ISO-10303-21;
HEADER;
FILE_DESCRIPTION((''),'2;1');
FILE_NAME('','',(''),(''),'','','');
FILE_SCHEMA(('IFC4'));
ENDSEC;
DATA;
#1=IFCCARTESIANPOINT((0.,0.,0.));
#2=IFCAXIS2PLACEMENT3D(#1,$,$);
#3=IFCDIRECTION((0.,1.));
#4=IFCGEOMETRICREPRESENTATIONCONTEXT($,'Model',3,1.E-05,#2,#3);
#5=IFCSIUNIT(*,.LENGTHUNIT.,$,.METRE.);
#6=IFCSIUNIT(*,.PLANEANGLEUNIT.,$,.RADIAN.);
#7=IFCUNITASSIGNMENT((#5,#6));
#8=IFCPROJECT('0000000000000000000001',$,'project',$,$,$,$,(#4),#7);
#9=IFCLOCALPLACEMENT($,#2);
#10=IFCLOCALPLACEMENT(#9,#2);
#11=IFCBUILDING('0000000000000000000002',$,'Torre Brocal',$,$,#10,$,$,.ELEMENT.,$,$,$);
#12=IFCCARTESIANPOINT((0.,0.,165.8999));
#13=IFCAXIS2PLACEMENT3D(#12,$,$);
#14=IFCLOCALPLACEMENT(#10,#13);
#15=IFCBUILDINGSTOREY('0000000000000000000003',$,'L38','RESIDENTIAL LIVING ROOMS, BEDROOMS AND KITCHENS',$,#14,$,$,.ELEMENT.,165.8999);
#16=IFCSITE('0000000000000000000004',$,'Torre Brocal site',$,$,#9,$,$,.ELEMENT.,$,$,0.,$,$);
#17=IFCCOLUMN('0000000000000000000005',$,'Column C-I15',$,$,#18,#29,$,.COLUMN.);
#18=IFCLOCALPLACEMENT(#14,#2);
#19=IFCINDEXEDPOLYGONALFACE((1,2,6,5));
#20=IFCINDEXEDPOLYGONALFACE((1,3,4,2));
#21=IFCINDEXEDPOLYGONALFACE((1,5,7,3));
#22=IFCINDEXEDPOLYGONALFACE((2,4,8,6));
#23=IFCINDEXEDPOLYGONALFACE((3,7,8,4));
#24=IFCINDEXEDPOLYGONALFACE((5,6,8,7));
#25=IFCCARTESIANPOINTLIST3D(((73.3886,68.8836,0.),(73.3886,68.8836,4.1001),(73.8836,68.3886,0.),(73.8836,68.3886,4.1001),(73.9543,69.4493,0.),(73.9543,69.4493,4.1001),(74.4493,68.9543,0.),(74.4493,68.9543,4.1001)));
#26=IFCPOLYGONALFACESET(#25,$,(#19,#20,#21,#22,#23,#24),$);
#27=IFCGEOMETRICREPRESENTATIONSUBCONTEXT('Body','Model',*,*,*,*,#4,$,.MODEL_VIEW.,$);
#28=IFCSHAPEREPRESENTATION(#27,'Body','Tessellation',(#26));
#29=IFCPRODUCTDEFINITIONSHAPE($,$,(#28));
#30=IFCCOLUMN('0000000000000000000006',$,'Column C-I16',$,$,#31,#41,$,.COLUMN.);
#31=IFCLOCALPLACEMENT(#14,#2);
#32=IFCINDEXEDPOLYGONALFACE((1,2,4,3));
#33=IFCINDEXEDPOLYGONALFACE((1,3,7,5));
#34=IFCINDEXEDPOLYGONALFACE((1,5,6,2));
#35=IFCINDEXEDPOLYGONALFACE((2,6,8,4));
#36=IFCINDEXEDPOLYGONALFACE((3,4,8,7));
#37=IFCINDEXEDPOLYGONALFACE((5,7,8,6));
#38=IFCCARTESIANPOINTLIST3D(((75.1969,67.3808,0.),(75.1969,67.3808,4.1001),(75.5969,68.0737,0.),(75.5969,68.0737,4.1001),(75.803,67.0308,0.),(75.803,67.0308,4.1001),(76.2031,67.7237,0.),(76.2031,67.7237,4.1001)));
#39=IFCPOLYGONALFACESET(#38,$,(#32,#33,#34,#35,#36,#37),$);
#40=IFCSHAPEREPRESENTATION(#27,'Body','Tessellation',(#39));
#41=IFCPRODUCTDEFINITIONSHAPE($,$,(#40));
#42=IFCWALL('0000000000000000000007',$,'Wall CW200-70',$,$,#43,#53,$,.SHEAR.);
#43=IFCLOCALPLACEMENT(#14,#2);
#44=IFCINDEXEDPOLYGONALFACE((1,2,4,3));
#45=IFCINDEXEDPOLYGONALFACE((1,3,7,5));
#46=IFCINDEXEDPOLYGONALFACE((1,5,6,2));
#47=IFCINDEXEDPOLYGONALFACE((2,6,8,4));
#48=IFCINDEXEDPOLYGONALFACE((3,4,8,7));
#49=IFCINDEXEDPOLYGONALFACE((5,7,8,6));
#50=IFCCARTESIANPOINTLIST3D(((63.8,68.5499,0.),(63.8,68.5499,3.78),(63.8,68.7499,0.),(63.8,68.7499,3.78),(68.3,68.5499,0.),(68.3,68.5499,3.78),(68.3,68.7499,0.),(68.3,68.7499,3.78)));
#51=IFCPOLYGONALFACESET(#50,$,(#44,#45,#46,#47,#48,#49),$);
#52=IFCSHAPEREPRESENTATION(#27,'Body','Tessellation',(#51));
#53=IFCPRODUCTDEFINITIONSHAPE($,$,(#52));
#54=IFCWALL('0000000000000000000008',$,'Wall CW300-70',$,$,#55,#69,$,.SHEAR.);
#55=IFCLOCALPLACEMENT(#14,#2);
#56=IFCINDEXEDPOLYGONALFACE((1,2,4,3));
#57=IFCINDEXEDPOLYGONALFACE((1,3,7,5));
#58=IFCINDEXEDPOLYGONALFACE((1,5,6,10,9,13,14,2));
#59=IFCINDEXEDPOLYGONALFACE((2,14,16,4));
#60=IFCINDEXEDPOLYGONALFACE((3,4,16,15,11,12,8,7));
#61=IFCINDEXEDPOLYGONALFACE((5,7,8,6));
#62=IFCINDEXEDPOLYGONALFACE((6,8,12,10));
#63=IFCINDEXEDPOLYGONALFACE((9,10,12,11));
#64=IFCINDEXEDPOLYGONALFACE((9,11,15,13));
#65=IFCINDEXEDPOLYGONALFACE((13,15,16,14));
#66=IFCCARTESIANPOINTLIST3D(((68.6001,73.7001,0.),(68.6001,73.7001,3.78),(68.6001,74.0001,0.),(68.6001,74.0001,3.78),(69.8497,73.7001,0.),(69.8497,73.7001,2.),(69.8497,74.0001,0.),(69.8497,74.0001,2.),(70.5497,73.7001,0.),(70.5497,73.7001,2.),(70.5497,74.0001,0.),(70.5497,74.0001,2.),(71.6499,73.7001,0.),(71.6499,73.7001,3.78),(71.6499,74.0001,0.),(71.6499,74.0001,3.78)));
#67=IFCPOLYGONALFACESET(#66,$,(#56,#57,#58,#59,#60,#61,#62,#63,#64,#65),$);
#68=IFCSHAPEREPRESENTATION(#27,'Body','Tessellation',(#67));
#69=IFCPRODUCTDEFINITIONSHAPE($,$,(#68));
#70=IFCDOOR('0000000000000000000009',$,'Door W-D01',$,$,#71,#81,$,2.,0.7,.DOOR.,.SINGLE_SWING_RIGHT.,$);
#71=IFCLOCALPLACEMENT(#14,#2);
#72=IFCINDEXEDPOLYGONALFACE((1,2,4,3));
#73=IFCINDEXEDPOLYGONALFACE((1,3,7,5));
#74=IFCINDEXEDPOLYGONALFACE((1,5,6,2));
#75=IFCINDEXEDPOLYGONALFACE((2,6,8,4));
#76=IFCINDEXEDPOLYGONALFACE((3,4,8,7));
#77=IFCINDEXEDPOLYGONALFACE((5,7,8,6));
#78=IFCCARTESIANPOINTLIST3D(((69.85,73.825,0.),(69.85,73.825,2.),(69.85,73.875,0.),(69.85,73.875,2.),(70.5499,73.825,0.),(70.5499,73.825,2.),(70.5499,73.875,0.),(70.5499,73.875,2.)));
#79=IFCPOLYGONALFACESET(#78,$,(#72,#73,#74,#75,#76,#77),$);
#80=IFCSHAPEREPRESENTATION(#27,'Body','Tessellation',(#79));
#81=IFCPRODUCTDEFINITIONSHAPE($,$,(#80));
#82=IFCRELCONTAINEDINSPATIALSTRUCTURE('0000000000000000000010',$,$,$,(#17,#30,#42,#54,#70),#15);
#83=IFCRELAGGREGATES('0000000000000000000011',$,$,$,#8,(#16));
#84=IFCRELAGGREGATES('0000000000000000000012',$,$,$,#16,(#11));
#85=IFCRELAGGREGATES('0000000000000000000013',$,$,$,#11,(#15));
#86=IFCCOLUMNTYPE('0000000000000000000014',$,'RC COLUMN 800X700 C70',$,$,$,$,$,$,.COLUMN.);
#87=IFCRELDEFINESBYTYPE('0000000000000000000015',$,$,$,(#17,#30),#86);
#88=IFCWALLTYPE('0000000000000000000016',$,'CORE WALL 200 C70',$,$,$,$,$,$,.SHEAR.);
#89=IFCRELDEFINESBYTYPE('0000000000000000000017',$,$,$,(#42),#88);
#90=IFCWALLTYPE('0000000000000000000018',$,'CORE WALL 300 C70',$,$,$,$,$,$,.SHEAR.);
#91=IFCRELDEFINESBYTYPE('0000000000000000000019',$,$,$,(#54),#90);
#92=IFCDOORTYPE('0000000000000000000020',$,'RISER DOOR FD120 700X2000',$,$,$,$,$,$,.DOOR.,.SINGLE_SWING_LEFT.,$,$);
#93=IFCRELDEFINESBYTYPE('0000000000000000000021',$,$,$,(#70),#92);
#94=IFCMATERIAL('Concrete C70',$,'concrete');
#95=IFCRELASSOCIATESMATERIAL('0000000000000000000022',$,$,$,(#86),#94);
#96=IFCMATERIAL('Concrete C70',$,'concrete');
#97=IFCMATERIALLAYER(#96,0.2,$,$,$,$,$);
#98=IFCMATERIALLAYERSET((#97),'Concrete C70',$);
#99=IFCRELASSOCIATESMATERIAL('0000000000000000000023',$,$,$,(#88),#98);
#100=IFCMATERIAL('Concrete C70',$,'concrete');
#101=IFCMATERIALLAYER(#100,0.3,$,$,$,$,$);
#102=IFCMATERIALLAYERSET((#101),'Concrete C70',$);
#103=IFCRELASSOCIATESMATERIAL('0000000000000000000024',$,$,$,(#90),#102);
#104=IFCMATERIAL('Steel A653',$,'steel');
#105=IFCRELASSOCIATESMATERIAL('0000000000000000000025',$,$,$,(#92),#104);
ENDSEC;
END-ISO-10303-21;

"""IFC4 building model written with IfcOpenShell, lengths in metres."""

from ifc_helpers import new_model, si_unit, direction, frame, frame_2d, origin, origin_2d, place, context, subcontext, project, spatial, rectangle, extrude, material, layer, layer_set, material_profile, profile_set, type_object, element, fill, save


model = new_model("IFC4")

# Units and contexts
model_context = context("Model", 3, precision=1e-05, world=origin(), true_north=direction((0.0, 1.0)))
body_context = subcontext(model_context, "Body", "Model", "MODEL_VIEW")
ifc_project = project(units=[si_unit("LENGTHUNIT", "METRE"), si_unit("PLANEANGLEUNIT", "RADIAN")], contexts=[model_context])

# Site, building, storey
site_placement = place(None, origin())
site = spatial("IfcSite", under=ifc_project, at=site_placement, Name="Torre Brocal site", CompositionType="ELEMENT", RefElevation=0.0)
building_placement = place(site_placement, origin())
building = spatial("IfcBuilding", under=site, at=building_placement, Name="Torre Brocal", CompositionType="ELEMENT")
storey_placement = place(building_placement, frame((0.0, 0.0, 165.8999)))
storey = spatial("IfcBuildingStorey", under=building, at=storey_placement, Name="L38", Description="RESIDENTIAL LIVING ROOMS, BEDROOMS AND KITCHENS", CompositionType="ELEMENT", Elevation=165.8999)

# Columns
ifc_material_1 = material(Name="Concrete C70", Category="concrete")
ifc_material_profile = material_profile(ifc_material_1, rectangle(XDim=0.8, YDim=0.7, at=origin_2d()), Name="RC 800X700")
ifc_profile_set = profile_set([ifc_material_profile], Name="Concrete C70")
column_type = type_object("IfcColumnType", Name="RC COLUMN 800X700 C70", PredefinedType="COLUMN", material=ifc_profile_set)
for number, where, z_axis, x_axis, name in (
    (1, (73.9189, 68.9189, 0.0), (0.0, 0.0, 1.0), (-0.707107, -0.707107, 0.0), "Column C-I15"),
    (2, (75.7, 67.5522, 0.0), (0.0, 0.0, 1.0), (-0.5, -0.866025, 0.0), "Column C-I16"),
):
    element("IfcColumn", number, at=place(storey_placement, frame(where, z_axis=z_axis, x_axis=x_axis)), inside=storey, type_object=column_type, Name=name, PredefinedType="COLUMN", context=body_context, shape_type="SweptSolid", body=[
        extrude(rectangle(XDim=0.8, YDim=0.7, at=origin_2d()), origin(), (0.0, 0.0, 1.0), 4.1001),
    ])

# Wall
ifc_material_2 = material(Name="Concrete C70", Category="concrete")
ifc_layer_1 = layer(ifc_material_2, 0.2)
ifc_layer_set_1 = layer_set([ifc_layer_1], Name="Concrete C70")
wall_type_1 = type_object("IfcWallType", Name="CORE WALL 200 C70", PredefinedType="SHEAR", material=ifc_layer_set_1)
wall_1_placement = place(storey_placement, frame((68.3, 68.6499, 0.0), z_axis=(0.0, 0.0, 1.0), x_axis=(-1.0, 0.0, 0.0)))
element("IfcWall", 3, at=wall_1_placement, inside=storey, type_object=wall_type_1, Name="Wall CW200-70", PredefinedType="SHEAR", context=body_context, shape_type="SweptSolid", body=[
    extrude(rectangle(XDim=4.5, YDim=0.2, at=frame_2d((2.25, 0.0))), origin(), (0.0, 0.0, 1.0), 3.78),
])

# Wall, opening, door
ifc_material_3 = material(Name="Concrete C70", Category="concrete")
ifc_layer_2 = layer(ifc_material_3, 0.3)
ifc_layer_set_2 = layer_set([ifc_layer_2], Name="Concrete C70")
wall_type_2 = type_object("IfcWallType", Name="CORE WALL 300 C70", PredefinedType="SHEAR", material=ifc_layer_set_2)
wall_2_placement = place(storey_placement, frame((71.6499, 73.8501, 0.0), z_axis=(0.0, 0.0, 1.0), x_axis=(-1.0, 0.0, 0.0)))
wall_2 = element("IfcWall", 4, at=wall_2_placement, inside=storey, type_object=wall_type_2, Name="Wall CW300-70", PredefinedType="SHEAR", context=body_context, shape_type="SweptSolid", body=[
    extrude(rectangle(XDim=3.0498, YDim=0.3, at=frame_2d((1.5249, 0.0))), origin(), (0.0, 0.0, 1.0), 3.78),
])
opening_1_placement = place(wall_2_placement, frame((1.1001, 0.0, 0.0)))
opening_1 = element("IfcOpeningElement", 5, at=opening_1_placement, cuts=wall_2, PredefinedType="OPENING", context=body_context, shape_type="SweptSolid", body=[
    extrude(rectangle(XDim=0.7, YDim=2.0, at=frame_2d((0.3501, 1.0))), frame((0.0, 0.1599, 0.0), z_axis=(0.0, -1.0, 0.0), x_axis=(1.0, 0.0, 0.0)), (0.0, 0.0, 1.0), 0.3201),
])
ifc_material_4 = material(Name="Steel A653", Category="steel")
door_type_1 = type_object("IfcDoorType", Name="RISER DOOR FD120 700X2000", OperationType="SINGLE_SWING_LEFT", PredefinedType="DOOR", material=ifc_material_4)
door_1_placement = place(opening_1_placement, frame((0.7, 0.0, 0.0), z_axis=(0.0, 0.0, 1.0), x_axis=(-1.0, 0.0, 0.0)))
door_1 = element("IfcDoor", 6, at=door_1_placement, inside=storey, type_object=door_type_1, Name="Door W-D01", OperationType="SINGLE_SWING_RIGHT", OverallHeight=2.0, OverallWidth=0.7, PredefinedType="DOOR", context=body_context, shape_type="SweptSolid", body=[
    extrude(rectangle(XDim=0.7, YDim=2.0, at=frame_2d((0.3501, 1.0))), frame((0.0, 0.0249, 0.0), z_axis=(0.0, -1.0, 0.0), x_axis=(1.0, 0.0, 0.0)), (0.0, 0.0, 1.0), 0.05),
])
fill(opening_1, door_1)

save(model, "model.ifc")
